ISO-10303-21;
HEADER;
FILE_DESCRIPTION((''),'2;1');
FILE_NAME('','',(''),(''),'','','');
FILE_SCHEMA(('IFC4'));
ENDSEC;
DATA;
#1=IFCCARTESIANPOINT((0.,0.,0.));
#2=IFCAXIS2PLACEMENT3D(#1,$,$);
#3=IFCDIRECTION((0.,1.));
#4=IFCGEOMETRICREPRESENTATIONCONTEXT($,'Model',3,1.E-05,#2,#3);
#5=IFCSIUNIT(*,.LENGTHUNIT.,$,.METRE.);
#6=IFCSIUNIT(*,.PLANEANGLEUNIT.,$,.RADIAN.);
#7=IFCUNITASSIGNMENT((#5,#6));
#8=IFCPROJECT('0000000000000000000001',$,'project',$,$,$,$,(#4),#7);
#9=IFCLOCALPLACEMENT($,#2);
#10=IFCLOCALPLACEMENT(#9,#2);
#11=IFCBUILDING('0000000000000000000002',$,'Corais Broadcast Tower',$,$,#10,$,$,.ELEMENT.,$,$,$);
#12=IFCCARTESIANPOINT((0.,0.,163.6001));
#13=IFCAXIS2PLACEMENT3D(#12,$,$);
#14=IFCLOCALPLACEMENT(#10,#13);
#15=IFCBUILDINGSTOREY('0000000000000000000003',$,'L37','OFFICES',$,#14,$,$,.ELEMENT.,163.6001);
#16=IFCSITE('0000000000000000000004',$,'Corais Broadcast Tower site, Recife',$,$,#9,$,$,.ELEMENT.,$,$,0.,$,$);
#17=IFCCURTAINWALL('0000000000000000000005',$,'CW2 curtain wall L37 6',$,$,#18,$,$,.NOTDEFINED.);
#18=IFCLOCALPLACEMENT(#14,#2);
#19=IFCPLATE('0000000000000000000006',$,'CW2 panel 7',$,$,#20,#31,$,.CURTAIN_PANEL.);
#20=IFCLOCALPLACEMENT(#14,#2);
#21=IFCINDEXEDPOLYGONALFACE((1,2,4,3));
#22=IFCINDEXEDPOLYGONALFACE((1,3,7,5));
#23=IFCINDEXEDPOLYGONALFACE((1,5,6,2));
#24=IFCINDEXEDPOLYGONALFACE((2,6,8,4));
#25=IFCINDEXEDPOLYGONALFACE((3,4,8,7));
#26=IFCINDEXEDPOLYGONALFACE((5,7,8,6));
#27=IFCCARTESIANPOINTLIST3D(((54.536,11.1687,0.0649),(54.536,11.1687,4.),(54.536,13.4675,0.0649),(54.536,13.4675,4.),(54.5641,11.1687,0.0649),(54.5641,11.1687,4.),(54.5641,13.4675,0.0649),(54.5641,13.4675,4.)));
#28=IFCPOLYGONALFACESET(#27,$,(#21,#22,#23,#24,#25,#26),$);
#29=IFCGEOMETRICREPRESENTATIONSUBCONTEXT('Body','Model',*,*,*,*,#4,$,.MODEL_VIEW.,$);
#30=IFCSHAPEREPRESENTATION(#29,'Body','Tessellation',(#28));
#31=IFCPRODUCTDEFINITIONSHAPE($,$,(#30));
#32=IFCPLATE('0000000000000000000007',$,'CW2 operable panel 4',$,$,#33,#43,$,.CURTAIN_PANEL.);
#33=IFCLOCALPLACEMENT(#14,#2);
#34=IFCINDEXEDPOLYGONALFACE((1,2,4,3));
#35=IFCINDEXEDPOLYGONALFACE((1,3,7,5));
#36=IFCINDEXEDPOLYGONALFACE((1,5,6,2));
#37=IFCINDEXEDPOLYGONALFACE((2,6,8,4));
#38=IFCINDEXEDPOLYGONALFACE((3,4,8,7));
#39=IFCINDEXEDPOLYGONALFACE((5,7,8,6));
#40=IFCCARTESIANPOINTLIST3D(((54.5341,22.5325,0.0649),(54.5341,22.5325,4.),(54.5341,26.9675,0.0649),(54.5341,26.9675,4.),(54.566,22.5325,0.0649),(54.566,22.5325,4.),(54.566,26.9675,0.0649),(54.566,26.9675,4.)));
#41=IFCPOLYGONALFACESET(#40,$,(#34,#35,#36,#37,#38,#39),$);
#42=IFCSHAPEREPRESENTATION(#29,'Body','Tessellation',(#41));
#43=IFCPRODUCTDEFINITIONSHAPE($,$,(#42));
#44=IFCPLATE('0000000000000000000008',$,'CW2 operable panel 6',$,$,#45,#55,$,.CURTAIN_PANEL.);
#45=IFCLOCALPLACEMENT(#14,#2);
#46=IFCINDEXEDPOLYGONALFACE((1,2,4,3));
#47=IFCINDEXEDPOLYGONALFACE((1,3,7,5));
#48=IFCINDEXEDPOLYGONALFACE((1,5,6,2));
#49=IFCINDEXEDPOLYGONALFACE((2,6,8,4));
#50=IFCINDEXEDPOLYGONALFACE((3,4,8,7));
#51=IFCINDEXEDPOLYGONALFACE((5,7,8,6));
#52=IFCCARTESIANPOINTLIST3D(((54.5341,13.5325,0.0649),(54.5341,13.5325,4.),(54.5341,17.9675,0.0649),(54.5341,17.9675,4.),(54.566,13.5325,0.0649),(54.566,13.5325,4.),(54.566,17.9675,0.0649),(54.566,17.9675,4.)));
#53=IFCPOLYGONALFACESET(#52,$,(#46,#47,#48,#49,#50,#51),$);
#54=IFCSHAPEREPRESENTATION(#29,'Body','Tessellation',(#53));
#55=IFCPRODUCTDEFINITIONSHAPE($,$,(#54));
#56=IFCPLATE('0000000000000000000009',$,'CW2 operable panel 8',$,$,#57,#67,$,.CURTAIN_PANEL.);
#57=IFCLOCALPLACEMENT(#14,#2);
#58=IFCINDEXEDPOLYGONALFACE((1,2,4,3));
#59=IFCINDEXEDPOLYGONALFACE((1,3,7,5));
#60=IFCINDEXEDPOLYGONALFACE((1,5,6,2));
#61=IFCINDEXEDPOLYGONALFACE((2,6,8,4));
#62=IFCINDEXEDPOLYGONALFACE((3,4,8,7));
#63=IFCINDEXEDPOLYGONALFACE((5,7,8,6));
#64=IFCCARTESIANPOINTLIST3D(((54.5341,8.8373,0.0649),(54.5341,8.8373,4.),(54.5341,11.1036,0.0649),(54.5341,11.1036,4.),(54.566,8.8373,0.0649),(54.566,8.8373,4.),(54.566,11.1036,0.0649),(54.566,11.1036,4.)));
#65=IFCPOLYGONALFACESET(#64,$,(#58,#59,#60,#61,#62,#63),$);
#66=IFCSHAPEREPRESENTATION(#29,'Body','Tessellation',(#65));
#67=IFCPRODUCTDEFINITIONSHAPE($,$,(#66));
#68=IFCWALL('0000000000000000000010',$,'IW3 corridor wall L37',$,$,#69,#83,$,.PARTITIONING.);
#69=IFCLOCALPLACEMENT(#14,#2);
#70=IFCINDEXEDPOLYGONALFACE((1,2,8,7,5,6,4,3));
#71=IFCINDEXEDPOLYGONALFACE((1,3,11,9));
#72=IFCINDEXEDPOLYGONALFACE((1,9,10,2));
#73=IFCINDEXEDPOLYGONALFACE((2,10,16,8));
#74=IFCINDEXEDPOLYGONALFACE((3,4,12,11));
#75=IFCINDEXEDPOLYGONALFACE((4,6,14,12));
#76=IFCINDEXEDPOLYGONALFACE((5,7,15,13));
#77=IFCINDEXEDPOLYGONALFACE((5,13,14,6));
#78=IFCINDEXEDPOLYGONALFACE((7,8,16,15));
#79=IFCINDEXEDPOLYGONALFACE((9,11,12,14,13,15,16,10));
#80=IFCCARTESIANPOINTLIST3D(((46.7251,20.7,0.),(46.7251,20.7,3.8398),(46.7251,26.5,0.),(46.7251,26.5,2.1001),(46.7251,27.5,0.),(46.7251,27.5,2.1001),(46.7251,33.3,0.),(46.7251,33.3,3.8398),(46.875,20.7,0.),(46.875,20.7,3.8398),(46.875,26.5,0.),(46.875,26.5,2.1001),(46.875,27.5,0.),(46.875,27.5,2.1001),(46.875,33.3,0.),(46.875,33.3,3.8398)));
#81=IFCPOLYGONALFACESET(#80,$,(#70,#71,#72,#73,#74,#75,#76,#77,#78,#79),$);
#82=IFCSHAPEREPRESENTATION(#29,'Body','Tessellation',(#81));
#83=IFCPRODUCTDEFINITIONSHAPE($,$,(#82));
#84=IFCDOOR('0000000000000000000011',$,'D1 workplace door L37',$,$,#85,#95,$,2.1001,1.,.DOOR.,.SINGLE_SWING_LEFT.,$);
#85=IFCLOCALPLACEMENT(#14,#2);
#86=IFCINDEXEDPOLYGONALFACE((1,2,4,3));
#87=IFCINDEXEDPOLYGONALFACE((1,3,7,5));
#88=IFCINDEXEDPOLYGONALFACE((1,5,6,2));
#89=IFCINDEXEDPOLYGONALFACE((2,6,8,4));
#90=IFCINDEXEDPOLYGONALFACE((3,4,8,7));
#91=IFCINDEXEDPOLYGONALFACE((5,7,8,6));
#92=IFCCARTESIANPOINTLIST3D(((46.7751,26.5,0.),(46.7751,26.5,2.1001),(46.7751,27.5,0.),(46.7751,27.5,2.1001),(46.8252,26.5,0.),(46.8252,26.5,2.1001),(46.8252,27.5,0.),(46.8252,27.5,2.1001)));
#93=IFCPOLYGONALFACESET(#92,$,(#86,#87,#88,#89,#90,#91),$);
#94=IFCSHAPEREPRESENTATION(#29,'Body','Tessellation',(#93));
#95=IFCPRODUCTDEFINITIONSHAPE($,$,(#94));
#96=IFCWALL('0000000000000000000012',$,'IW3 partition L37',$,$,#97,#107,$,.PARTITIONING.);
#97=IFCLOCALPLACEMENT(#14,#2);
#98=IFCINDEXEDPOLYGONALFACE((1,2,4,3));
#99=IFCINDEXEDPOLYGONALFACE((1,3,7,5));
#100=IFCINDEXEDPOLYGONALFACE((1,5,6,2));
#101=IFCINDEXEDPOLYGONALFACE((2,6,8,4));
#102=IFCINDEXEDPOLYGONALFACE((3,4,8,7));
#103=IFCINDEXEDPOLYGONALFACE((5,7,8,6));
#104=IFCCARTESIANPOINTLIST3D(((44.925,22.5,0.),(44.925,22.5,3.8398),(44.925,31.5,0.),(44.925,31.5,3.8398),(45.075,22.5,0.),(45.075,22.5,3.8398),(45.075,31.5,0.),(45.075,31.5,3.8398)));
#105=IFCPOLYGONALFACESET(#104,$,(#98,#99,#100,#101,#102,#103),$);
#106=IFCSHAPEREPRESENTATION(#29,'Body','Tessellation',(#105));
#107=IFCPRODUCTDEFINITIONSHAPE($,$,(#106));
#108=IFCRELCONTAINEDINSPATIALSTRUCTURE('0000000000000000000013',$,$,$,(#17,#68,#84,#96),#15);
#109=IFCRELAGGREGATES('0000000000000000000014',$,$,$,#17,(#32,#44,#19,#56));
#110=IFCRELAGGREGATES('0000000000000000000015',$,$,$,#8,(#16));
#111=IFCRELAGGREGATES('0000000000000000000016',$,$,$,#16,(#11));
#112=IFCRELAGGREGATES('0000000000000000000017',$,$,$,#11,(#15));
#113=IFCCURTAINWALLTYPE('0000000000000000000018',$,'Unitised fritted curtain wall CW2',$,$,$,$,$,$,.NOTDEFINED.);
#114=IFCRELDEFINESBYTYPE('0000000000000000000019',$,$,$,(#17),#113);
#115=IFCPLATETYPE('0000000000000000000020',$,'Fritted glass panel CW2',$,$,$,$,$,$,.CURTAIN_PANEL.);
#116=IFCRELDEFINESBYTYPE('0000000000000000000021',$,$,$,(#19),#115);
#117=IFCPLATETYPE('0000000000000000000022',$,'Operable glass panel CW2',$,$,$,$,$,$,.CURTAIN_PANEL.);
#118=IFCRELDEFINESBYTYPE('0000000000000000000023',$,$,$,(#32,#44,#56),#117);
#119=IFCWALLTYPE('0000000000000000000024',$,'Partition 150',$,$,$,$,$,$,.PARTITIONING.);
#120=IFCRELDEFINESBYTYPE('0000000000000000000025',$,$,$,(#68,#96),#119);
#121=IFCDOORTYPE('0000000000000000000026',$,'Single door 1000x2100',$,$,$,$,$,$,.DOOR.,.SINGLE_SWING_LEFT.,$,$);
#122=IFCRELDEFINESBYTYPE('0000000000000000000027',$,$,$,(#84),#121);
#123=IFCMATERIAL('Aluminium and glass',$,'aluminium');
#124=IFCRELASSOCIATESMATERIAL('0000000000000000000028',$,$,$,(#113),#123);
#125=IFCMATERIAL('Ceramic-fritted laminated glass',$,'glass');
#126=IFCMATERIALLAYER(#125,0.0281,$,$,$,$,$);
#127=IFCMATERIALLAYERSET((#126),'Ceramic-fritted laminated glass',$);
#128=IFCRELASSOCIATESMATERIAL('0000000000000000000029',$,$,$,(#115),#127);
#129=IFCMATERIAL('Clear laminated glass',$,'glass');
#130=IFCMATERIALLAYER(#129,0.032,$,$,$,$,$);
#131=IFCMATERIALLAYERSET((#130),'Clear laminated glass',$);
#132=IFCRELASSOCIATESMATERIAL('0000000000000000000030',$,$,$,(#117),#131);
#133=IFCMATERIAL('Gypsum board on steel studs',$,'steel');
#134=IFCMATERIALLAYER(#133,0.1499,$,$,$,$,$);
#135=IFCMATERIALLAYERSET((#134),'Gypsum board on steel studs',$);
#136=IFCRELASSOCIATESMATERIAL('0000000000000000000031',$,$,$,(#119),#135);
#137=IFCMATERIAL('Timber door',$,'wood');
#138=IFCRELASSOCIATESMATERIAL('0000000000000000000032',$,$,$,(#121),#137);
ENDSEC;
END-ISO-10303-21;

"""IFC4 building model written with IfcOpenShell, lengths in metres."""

from ifc_helpers import new_model, si_unit, direction, frame, frame_2d, origin, origin_2d, place, context, subcontext, project, spatial, rectangle, extrude, material, layer, layer_set, type_object, element, fill, aggregate, save


model = new_model("IFC4")

# Units and contexts
model_context = context("Model", 3, precision=1e-05, world=origin(), true_north=direction((0.0, 1.0)))
body_context = subcontext(model_context, "Body", "Model", "MODEL_VIEW")
ifc_project = project(units=[si_unit("LENGTHUNIT", "METRE"), si_unit("PLANEANGLEUNIT", "RADIAN")], contexts=[model_context])

# Site, building, storey
site_placement = place(None, origin())
site = spatial("IfcSite", under=ifc_project, at=site_placement, Name="Corais Broadcast Tower site, Recife", CompositionType="ELEMENT", RefElevation=0.0)
building_placement = place(site_placement, origin())
building = spatial("IfcBuilding", under=site, at=building_placement, Name="Corais Broadcast Tower", CompositionType="ELEMENT")
storey_placement = place(building_placement, frame((0.0, 0.0, 163.6001)))
storey = spatial("IfcBuildingStorey", under=building, at=storey_placement, Name="L37", Description="OFFICES", CompositionType="ELEMENT", Elevation=163.6001)

# Curtain wall
ifc_material_1 = material(Name="Aluminium and glass", Category="aluminium")
curtain_wall_type = type_object("IfcCurtainWallType", Name="Unitised fritted curtain wall CW2", PredefinedType="NOTDEFINED", material=ifc_material_1)
curtain_wall_placement = place(storey_placement, origin())
curtain_wall = element("IfcCurtainWall", 1, at=curtain_wall_placement, inside=storey, type_object=curtain_wall_type, Name="CW2 curtain wall L37 6", PredefinedType="NOTDEFINED")

# Plates
ifc_material_2 = material(Name="Ceramic-fritted laminated glass", Category="glass")
ifc_layer_1 = layer(ifc_material_2, 0.0281)
ifc_layer_set_1 = layer_set([ifc_layer_1], Name="Ceramic-fritted laminated glass")
plate_type_1 = type_object("IfcPlateType", Name="Fritted glass panel CW2", PredefinedType="CURTAIN_PANEL", material=ifc_layer_set_1)
plate_1_placement = place(storey_placement, frame((54.55, 12.3181, 0.0649), z_axis=(0.0, 0.0, 1.0), x_axis=(0.0, -1.0, 0.0)))
plate_1 = element("IfcPlate", 2, at=plate_1_placement, type_object=plate_type_1, Name="CW2 panel 7", PredefinedType="CURTAIN_PANEL", context=body_context, shape_type="SweptSolid", body=[
    extrude(rectangle(XDim=2.2988, YDim=0.0281, at=origin_2d()), origin(), (0.0, 0.0, 1.0), 3.9351),
])
ifc_material_3 = material(Name="Clear laminated glass", Category="glass")
ifc_layer_2 = layer(ifc_material_3, 0.032)
ifc_layer_set_2 = layer_set([ifc_layer_2], Name="Clear laminated glass")
plate_type_2 = type_object("IfcPlateType", Name="Operable glass panel CW2", PredefinedType="CURTAIN_PANEL", material=ifc_layer_set_2)
plate_2_placement = place(storey_placement, frame((54.55, 24.75, 0.0649), z_axis=(0.0, 0.0, 1.0), x_axis=(0.0, -1.0, 0.0)))
plate_2 = element("IfcPlate", 3, at=plate_2_placement, type_object=plate_type_2, Name="CW2 operable panel 4", PredefinedType="CURTAIN_PANEL", context=body_context, shape_type="SweptSolid", body=[
    extrude(rectangle(XDim=4.4351, YDim=0.032, at=origin_2d()), origin(), (0.0, 0.0, 1.0), 3.9351),
])
plate_3_placement = place(storey_placement, frame((54.55, 15.75, 0.0649), z_axis=(0.0, 0.0, 1.0), x_axis=(0.0, -1.0, 0.0)))
plate_3 = element("IfcPlate", 4, at=plate_3_placement, type_object=plate_type_2, Name="CW2 operable panel 6", PredefinedType="CURTAIN_PANEL", context=body_context, shape_type="SweptSolid", body=[
    extrude(rectangle(XDim=4.4351, YDim=0.032, at=origin_2d()), origin(), (0.0, 0.0, 1.0), 3.9351),
])
plate_4_placement = place(storey_placement, frame((54.55, 9.9705, 0.0649), z_axis=(0.0, 0.0, 1.0), x_axis=(0.0, -1.0, 0.0)))
plate_4 = element("IfcPlate", 5, at=plate_4_placement, type_object=plate_type_2, Name="CW2 operable panel 8", PredefinedType="CURTAIN_PANEL", context=body_context, shape_type="SweptSolid", body=[
    extrude(rectangle(XDim=2.2664, YDim=0.032, at=origin_2d()), origin(), (0.0, 0.0, 1.0), 3.9351),
])
aggregate(curtain_wall, [plate_2, plate_3, plate_1, plate_4])

# Wall, opening, door
ifc_material_4 = material(Name="Gypsum board on steel studs", Category="steel")
ifc_layer_3 = layer(ifc_material_4, 0.1499)
ifc_layer_set_3 = layer_set([ifc_layer_3], Name="Gypsum board on steel studs")
wall_type = type_object("IfcWallType", Name="Partition 150", PredefinedType="PARTITIONING", material=ifc_layer_set_3)
wall_1_placement = place(storey_placement, frame((46.8, 20.7, 0.0), z_axis=(0.0, 0.0, 1.0), x_axis=(0.0, 1.0, 0.0)))
wall_1 = element("IfcWall", 6, at=wall_1_placement, inside=storey, type_object=wall_type, Name="IW3 corridor wall L37", PredefinedType="PARTITIONING", context=body_context, shape_type="SweptSolid", body=[
    extrude(rectangle(XDim=12.6001, YDim=0.1499, at=frame_2d((6.3, 0.0))), origin(), (0.0, 0.0, 1.0), 3.8398),
])
opening_placement = place(wall_1_placement, frame((5.8, 0.0, 0.0)))
opening = element("IfcOpeningElement", 7, at=opening_placement, cuts=wall_1, PredefinedType="OPENING", context=body_context, shape_type="SweptSolid", body=[
    extrude(rectangle(XDim=1.0, YDim=2.1001, at=frame_2d((0.5, 1.05))), frame((0.0, 0.085, 0.0), z_axis=(0.0, -1.0, 0.0), x_axis=(1.0, 0.0, 0.0)), (0.0, 0.0, 1.0), 0.1699),
])
ifc_material_5 = material(Name="Timber door", Category="wood")
door_type = type_object("IfcDoorType", Name="Single door 1000x2100", OperationType="SINGLE_SWING_LEFT", PredefinedType="DOOR", material=ifc_material_5)
door_placement = place(opening_placement, origin())
door = element("IfcDoor", 8, at=door_placement, inside=storey, type_object=door_type, Name="D1 workplace door L37", OperationType="SINGLE_SWING_LEFT", OverallHeight=2.1001, OverallWidth=1.0, PredefinedType="DOOR", context=body_context, shape_type="SweptSolid", body=[
    extrude(rectangle(XDim=1.0, YDim=2.1001, at=frame_2d((0.5, 1.05))), frame((0.0, 0.0249, 0.0), z_axis=(0.0, -1.0, 0.0), x_axis=(1.0, 0.0, 0.0)), (0.0, 0.0, 1.0), 0.05),
])
fill(opening, door)

# Wall
wall_2_placement = place(storey_placement, frame((45.0, 22.5, 0.0), z_axis=(0.0, 0.0, 1.0), x_axis=(0.0, 1.0, 0.0)))
element("IfcWall", 9, at=wall_2_placement, inside=storey, type_object=wall_type, Name="IW3 partition L37", PredefinedType="PARTITIONING", context=body_context, shape_type="SweptSolid", body=[
    extrude(rectangle(XDim=9.0, YDim=0.1499, at=frame_2d((4.5, 0.0))), origin(), (0.0, 0.0, 1.0), 3.8398),
])

save(model, "model.ifc")
